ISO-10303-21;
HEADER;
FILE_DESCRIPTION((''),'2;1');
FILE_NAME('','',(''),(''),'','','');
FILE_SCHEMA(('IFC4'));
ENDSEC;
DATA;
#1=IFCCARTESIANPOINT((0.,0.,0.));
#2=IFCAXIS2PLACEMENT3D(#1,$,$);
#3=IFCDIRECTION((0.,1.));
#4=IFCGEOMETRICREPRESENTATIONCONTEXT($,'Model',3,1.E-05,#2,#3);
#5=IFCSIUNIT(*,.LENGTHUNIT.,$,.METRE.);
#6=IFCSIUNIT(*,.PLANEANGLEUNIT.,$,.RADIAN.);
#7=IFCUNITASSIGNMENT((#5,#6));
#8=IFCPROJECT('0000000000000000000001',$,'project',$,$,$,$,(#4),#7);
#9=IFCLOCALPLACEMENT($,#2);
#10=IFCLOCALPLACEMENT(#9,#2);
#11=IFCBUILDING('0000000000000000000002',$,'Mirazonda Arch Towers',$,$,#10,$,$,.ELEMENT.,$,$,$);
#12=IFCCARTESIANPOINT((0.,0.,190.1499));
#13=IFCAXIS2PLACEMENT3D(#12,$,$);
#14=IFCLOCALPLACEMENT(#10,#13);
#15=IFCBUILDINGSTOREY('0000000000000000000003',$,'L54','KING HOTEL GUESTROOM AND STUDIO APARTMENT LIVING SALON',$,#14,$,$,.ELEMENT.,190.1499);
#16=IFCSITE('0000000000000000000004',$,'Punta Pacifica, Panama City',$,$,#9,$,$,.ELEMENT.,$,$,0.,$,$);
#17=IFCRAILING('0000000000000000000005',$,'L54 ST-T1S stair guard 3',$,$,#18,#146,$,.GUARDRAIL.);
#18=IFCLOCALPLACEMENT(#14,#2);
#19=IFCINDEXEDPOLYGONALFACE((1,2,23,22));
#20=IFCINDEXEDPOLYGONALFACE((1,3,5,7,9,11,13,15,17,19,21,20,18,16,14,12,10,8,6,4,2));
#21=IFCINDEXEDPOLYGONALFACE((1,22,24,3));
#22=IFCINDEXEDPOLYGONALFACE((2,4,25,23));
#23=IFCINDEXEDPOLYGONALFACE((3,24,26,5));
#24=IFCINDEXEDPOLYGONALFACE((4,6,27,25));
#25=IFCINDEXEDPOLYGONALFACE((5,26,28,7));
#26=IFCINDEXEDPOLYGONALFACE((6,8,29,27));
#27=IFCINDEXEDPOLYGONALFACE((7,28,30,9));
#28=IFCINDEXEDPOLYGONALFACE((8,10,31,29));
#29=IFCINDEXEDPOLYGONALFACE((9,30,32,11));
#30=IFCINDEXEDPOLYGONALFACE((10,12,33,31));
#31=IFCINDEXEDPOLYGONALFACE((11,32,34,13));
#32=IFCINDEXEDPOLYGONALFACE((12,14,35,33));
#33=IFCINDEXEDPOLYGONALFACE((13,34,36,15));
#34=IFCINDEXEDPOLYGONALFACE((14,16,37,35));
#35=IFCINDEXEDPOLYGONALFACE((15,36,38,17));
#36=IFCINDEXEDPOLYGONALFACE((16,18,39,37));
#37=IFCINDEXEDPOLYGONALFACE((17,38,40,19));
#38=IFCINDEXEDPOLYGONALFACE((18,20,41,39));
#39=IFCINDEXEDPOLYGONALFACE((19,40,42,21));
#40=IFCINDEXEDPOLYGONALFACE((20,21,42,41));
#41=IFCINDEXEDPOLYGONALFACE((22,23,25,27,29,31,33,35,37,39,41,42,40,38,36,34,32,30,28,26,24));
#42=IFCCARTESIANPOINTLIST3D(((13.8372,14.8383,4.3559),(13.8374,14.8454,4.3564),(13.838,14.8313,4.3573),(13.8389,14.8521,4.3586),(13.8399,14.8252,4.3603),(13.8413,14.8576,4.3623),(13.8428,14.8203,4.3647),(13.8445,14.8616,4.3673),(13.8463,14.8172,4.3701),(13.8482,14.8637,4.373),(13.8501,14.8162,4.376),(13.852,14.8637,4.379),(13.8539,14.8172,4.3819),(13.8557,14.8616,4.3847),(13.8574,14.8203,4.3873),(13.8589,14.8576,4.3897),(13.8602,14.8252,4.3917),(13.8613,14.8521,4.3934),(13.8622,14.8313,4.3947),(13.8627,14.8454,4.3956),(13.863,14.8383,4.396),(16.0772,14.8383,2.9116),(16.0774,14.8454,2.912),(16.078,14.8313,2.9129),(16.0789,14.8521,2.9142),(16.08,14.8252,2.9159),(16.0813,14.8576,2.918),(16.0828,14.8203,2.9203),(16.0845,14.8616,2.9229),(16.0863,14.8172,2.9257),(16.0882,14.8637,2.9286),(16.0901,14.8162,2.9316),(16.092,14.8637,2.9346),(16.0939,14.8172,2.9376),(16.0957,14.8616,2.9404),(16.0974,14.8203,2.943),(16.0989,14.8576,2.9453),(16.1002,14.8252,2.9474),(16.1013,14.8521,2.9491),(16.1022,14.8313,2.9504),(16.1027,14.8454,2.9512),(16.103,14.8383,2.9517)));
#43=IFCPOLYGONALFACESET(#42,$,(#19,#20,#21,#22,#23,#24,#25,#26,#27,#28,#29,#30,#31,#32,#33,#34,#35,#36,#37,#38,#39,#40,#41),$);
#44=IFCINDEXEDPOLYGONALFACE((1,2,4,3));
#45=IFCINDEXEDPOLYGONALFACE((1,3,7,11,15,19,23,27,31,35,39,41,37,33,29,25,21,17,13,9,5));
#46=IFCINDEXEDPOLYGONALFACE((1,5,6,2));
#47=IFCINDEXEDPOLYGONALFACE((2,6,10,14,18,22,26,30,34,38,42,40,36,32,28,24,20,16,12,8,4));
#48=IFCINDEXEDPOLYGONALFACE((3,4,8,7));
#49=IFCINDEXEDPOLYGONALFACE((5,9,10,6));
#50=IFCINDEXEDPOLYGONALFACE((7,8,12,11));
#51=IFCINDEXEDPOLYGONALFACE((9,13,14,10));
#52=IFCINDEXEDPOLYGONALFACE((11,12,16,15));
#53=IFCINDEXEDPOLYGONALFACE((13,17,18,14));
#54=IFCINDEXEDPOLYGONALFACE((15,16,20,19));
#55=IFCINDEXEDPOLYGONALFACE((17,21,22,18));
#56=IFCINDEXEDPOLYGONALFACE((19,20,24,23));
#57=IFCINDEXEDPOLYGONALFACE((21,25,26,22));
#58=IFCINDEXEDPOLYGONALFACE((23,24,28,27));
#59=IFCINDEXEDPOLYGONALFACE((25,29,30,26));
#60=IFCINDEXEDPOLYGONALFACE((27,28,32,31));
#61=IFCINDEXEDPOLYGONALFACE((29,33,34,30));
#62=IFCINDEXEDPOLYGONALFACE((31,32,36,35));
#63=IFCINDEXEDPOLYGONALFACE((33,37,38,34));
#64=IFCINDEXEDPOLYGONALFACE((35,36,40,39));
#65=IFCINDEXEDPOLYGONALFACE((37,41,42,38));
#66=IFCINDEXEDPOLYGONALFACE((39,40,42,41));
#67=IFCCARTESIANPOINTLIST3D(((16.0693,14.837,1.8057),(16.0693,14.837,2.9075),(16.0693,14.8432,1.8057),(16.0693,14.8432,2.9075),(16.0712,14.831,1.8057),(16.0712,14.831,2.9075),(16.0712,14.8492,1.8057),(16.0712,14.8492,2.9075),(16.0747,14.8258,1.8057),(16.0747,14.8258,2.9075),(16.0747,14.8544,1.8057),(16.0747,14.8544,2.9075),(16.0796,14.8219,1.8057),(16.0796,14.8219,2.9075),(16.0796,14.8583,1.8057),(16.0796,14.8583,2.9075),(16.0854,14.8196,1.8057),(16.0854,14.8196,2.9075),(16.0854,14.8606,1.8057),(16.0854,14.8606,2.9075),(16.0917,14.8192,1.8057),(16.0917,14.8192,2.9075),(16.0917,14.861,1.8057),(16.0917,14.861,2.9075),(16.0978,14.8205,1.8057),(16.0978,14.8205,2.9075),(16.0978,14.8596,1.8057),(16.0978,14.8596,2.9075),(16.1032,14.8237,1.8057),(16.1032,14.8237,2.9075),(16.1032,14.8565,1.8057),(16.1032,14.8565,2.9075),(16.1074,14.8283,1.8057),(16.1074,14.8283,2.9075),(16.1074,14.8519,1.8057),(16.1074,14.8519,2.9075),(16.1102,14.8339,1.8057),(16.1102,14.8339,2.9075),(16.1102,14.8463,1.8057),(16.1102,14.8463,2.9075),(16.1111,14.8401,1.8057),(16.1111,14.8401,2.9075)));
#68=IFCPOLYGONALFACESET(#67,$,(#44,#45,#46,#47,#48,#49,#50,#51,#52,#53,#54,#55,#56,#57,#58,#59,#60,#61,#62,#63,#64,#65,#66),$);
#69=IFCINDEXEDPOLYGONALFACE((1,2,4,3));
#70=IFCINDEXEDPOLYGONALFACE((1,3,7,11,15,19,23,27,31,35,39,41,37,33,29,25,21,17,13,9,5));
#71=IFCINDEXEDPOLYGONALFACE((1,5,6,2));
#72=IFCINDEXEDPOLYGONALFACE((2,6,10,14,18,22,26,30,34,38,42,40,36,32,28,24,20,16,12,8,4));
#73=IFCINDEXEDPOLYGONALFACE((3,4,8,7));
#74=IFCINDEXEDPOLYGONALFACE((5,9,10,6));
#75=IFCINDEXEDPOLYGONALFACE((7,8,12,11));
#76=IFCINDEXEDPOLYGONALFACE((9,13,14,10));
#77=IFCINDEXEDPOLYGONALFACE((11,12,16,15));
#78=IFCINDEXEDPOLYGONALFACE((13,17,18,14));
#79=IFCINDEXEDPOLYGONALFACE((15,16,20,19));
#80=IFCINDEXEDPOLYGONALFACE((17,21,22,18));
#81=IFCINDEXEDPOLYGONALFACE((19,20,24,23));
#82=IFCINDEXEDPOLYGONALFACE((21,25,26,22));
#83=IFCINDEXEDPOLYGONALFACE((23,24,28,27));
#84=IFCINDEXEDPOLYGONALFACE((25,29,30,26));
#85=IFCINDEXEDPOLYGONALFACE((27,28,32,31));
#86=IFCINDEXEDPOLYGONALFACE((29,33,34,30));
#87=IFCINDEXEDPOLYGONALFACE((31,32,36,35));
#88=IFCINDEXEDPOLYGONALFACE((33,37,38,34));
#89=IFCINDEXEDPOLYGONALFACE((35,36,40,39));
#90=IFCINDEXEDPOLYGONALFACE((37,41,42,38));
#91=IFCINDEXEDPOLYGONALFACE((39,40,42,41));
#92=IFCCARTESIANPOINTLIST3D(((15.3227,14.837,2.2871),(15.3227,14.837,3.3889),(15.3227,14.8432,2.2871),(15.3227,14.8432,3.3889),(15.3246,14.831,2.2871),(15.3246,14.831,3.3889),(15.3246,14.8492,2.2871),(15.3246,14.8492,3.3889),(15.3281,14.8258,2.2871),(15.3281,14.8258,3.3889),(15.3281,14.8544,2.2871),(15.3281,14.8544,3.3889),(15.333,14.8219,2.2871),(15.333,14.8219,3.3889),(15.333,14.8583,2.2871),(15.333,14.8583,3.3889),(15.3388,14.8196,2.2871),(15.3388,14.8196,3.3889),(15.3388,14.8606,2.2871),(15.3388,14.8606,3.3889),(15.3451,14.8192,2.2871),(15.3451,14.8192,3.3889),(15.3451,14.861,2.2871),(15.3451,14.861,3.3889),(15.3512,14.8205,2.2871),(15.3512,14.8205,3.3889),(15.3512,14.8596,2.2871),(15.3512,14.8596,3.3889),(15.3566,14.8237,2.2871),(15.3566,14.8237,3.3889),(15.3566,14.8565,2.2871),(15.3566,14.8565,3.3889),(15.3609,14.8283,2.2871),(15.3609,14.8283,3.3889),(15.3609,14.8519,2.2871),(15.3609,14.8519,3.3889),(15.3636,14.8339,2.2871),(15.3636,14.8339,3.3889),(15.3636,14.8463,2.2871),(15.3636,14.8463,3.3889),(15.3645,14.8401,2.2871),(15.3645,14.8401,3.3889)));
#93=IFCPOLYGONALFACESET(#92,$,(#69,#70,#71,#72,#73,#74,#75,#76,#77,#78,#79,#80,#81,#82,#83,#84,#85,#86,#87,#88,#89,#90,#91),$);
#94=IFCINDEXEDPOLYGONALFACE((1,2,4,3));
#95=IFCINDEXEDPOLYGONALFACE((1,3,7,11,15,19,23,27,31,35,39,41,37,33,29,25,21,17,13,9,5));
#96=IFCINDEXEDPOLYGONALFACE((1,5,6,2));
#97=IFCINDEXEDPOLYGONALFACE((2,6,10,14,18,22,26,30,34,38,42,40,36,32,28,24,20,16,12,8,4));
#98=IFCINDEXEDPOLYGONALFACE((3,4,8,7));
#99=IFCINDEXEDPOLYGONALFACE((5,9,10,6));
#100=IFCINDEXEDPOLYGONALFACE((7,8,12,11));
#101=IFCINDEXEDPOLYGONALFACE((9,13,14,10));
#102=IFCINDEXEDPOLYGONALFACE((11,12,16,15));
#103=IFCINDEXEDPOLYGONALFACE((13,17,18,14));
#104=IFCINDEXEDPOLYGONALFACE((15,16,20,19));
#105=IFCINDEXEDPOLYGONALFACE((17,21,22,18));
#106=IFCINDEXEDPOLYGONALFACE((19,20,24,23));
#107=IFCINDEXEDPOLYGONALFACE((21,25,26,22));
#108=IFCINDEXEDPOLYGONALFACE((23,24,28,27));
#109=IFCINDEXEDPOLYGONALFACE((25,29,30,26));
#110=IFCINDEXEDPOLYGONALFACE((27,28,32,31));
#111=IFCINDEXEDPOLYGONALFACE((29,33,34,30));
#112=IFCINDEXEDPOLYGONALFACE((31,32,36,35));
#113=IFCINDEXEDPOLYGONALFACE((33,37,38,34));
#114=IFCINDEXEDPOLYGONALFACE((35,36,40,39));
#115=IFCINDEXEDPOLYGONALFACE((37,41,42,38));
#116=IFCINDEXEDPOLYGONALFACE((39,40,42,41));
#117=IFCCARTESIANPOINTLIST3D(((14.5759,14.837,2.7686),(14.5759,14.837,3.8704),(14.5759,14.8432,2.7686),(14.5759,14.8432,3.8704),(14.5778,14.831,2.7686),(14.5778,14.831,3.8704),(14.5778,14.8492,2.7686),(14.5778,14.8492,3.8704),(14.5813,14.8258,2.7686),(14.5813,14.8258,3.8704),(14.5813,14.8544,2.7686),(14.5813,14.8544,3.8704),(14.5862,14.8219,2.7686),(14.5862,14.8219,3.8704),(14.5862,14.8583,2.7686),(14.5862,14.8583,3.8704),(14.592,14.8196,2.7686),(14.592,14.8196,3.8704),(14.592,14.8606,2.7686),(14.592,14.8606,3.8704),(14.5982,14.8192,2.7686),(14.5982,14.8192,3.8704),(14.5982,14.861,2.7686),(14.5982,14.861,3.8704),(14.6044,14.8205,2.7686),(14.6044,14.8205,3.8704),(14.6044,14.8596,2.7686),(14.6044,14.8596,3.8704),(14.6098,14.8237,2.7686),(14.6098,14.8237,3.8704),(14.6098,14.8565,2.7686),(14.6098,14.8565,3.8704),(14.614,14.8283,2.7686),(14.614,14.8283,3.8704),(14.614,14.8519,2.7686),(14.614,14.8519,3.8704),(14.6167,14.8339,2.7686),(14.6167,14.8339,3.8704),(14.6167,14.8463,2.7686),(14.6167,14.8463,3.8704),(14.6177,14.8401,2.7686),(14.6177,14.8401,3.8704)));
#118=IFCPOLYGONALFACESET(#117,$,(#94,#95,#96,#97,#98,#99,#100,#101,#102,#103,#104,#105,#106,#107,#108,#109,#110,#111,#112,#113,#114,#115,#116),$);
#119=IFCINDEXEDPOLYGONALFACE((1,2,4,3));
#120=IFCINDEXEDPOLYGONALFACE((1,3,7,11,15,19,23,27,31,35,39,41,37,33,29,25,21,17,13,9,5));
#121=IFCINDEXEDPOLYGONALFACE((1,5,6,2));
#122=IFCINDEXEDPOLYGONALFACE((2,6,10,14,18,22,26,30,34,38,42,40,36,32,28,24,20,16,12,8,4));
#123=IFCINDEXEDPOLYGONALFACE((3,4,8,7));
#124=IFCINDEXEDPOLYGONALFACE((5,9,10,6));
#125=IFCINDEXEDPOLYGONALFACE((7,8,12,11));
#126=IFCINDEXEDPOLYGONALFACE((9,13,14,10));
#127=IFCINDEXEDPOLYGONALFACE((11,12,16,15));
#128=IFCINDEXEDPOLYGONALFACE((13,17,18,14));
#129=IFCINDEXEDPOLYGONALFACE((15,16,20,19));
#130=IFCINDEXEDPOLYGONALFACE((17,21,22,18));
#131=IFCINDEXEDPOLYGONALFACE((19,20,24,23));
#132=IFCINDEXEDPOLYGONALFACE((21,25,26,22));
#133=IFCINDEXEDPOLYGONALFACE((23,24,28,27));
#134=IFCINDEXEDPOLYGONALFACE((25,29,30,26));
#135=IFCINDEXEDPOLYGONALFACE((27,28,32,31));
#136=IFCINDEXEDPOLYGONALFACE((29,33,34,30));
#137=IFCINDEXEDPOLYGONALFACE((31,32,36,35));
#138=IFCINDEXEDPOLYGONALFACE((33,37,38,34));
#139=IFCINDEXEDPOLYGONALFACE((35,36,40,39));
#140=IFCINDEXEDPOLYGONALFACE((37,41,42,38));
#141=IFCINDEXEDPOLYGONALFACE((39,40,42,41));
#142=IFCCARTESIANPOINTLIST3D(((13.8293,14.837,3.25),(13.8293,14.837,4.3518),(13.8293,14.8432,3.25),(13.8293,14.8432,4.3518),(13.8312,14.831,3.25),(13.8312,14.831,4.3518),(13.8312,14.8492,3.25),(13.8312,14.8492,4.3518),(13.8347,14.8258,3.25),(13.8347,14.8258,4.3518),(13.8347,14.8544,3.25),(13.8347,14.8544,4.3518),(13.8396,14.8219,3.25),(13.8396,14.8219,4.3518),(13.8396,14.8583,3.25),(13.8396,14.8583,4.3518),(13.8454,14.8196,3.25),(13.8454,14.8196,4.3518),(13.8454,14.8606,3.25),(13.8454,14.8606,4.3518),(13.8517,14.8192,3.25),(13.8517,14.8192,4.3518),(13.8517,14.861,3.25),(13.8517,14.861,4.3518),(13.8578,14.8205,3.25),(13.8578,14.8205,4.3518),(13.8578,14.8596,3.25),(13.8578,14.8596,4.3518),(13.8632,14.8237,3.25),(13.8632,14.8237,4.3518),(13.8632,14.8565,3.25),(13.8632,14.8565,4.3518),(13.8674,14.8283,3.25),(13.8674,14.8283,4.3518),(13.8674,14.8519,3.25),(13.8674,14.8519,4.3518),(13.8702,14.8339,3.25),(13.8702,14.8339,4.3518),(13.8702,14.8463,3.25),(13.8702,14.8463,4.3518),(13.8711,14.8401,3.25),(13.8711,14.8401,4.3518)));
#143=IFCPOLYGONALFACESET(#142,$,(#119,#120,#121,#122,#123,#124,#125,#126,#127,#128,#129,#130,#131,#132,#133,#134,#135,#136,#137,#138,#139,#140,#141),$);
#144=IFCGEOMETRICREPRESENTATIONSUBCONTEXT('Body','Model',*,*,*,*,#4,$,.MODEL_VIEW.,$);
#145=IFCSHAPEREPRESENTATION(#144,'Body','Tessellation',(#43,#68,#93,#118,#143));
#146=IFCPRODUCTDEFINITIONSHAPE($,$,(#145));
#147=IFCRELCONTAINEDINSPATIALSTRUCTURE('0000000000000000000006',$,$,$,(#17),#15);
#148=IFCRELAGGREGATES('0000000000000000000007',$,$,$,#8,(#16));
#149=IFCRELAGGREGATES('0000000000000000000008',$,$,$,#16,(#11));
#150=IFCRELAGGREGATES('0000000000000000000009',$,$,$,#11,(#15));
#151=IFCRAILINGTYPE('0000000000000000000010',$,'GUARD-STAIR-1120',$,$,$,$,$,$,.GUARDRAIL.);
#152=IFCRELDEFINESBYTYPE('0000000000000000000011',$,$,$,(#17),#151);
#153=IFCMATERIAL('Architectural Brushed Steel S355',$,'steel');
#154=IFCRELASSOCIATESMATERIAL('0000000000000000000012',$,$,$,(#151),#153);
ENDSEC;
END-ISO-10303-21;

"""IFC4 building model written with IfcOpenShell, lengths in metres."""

from ifc_helpers import new_model, si_unit, direction, frame, origin, origin_2d, place, context, subcontext, project, spatial, circle, extrude, material, type_object, element, save


model = new_model("IFC4")

# Units and contexts
model_context = context("Model", 3, precision=1e-05, world=origin(), true_north=direction((0.0, 1.0)))
body_context = subcontext(model_context, "Body", "Model", "MODEL_VIEW")
ifc_project = project(units=[si_unit("LENGTHUNIT", "METRE"), si_unit("PLANEANGLEUNIT", "RADIAN")], contexts=[model_context])

# Site, building, storey
site_placement = place(None, origin())
site = spatial("IfcSite", under=ifc_project, at=site_placement, Name="Punta Pacifica, Panama City", CompositionType="ELEMENT", RefElevation=0.0)
building_placement = place(site_placement, origin())
building = spatial("IfcBuilding", under=site, at=building_placement, Name="Mirazonda Arch Towers", CompositionType="ELEMENT")
storey_placement = place(building_placement, frame((0.0, 0.0, 190.1499)))
storey = spatial("IfcBuildingStorey", under=building, at=storey_placement, Name="L54", Description="KING HOTEL GUESTROOM AND STUDIO APARTMENT LIVING SALON", CompositionType="ELEMENT", Elevation=190.1499)

# Shared definitions
ifc_material_1 = material(Name="Architectural Brushed Steel S355", Category="steel")

# Railing
railing_type_1 = type_object("IfcRailingType", Name="GUARD-STAIR-1120", PredefinedType="GUARDRAIL", material=ifc_material_1)
railing_1_placement = place(storey_placement, frame((16.0901, 14.8401, 1.8057)))
element("IfcRailing", 1, at=railing_1_placement, inside=storey, type_object=railing_type_1, Name="L54 ST-T1S stair guard 3", PredefinedType="GUARDRAIL", context=body_context, shape_type="SweptSolid", body=[
    extrude(circle(Radius=0.0239, at=origin_2d()), frame((0.0, 0.0, 1.126), z_axis=(-0.840437, 0.0, 0.54191), x_axis=(0.0, -1.0, 0.0)), (0.0, 0.0, 1.0), 2.6653),
    extrude(circle(Radius=0.021, at=origin_2d()), origin(), (0.0, 0.0, 1.0), 1.1018),
    extrude(circle(Radius=0.021, at=origin_2d()), frame((-0.7466, 0.0, 0.4814)), (0.0, 0.0, 1.0), 1.1018),
    extrude(circle(Radius=0.021, at=origin_2d()), frame((-1.4934, 0.0, 0.9629)), (0.0, 0.0, 1.0), 1.1018),
    extrude(circle(Radius=0.021, at=origin_2d()), frame((-2.24, 0.0, 1.4443)), (0.0, 0.0, 1.0), 1.1018),
])

save(model, "model.ifc")
